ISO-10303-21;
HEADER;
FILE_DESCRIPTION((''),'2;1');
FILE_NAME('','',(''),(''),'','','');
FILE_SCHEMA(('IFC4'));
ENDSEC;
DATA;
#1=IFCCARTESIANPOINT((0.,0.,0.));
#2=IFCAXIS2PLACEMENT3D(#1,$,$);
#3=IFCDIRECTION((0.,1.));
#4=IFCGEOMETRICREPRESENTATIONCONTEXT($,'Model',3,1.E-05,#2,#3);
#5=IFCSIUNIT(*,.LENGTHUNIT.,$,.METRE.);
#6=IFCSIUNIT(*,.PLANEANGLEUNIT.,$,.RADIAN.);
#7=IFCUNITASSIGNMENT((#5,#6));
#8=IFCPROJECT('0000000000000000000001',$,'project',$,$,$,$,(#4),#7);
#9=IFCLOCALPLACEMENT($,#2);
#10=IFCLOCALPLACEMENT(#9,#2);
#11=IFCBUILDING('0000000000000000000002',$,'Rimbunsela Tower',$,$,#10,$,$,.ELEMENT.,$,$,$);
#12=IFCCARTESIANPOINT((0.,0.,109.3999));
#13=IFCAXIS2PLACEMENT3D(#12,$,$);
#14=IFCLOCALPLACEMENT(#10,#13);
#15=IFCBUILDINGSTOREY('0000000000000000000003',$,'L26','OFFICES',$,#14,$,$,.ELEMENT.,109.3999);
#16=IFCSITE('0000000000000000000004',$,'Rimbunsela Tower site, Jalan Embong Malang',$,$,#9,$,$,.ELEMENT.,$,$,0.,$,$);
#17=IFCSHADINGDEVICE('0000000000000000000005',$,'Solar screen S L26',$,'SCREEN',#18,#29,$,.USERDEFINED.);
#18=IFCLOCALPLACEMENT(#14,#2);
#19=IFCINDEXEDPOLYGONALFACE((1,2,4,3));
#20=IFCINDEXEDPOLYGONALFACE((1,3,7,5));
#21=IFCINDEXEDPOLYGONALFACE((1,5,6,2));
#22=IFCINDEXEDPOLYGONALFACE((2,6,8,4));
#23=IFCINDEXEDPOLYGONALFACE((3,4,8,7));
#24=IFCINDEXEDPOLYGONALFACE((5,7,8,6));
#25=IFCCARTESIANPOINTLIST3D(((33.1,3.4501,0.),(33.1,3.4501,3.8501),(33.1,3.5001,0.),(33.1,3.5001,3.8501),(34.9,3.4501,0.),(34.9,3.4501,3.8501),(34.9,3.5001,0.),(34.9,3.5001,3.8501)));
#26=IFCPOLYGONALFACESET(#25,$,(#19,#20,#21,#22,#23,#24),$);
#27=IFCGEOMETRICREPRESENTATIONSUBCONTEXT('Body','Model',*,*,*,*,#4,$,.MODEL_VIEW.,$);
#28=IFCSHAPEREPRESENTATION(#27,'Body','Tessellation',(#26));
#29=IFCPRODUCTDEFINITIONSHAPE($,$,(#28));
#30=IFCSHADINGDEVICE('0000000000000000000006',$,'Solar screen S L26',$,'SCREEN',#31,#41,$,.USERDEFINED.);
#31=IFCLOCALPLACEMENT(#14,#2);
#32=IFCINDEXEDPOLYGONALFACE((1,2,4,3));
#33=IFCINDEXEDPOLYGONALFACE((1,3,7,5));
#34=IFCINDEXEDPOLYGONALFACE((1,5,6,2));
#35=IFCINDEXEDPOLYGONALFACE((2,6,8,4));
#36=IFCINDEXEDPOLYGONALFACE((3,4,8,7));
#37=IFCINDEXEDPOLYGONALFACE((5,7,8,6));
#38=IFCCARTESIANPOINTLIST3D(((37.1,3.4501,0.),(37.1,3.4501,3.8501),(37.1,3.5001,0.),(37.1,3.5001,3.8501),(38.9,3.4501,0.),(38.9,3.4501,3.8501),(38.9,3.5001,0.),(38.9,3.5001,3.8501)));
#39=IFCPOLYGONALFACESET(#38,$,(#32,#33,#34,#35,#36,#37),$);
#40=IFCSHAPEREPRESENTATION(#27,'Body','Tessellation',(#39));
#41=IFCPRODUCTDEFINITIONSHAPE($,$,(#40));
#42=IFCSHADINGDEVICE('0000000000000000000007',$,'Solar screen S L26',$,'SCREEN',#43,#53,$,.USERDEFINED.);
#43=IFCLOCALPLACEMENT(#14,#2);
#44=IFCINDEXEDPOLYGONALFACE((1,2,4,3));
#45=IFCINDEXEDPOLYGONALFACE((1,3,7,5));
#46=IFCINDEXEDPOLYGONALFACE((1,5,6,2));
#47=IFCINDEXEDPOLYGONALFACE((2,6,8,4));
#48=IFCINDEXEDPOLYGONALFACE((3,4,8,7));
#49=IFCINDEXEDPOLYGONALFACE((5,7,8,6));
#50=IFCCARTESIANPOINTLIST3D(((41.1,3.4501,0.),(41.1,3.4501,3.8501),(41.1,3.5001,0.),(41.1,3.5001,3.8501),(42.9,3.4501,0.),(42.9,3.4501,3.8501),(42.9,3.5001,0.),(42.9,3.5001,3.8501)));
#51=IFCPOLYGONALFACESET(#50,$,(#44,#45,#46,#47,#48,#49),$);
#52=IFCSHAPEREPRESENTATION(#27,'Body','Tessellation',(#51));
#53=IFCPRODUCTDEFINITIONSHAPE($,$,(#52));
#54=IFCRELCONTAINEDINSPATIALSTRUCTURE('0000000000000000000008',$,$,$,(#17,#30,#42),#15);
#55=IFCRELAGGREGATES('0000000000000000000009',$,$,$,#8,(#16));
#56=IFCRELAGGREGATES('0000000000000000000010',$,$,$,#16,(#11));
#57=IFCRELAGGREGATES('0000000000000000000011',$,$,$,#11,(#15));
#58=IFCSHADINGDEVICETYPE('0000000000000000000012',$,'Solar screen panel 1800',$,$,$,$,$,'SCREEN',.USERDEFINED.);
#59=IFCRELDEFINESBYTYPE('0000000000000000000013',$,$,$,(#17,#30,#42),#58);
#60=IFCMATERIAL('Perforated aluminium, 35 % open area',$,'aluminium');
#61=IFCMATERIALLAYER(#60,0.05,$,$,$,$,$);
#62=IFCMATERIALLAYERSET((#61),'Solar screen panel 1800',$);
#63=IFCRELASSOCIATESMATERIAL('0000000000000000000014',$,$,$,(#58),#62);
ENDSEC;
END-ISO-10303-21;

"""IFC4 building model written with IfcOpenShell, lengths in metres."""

from ifc_helpers import new_model, si_unit, direction, frame, origin, origin_2d, place, context, subcontext, project, spatial, rectangle, extrude, material, layer, layer_set, type_object, element, save


model = new_model("IFC4")

# Units and contexts
model_context = context("Model", 3, precision=1e-05, world=origin(), true_north=direction((0.0, 1.0)))
body_context = subcontext(model_context, "Body", "Model", "MODEL_VIEW")
ifc_project = project(units=[si_unit("LENGTHUNIT", "METRE"), si_unit("PLANEANGLEUNIT", "RADIAN")], contexts=[model_context])

# Site, building, storey
site_placement = place(None, origin())
site = spatial("IfcSite", under=ifc_project, at=site_placement, Name="Rimbunsela Tower site, Jalan Embong Malang", CompositionType="ELEMENT", RefElevation=0.0)
building_placement = place(site_placement, origin())
building = spatial("IfcBuilding", under=site, at=building_placement, Name="Rimbunsela Tower", CompositionType="ELEMENT")
storey_placement = place(building_placement, frame((0.0, 0.0, 109.3999)))
storey = spatial("IfcBuildingStorey", under=building, at=storey_placement, Name="L26", Description="OFFICES", CompositionType="ELEMENT", Elevation=109.3999)

# Shading devices
ifc_material_1 = material(Name="Perforated aluminium, 35 % open area", Category="aluminium")
ifc_layer_1 = layer(ifc_material_1, 0.05)
ifc_layer_set_1 = layer_set([ifc_layer_1], Name="Solar screen panel 1800")
shading_device_type = type_object("IfcShadingDeviceType", Name="Solar screen panel 1800", ElementType="SCREEN", PredefinedType="USERDEFINED", material=ifc_layer_set_1)
for number, where, z_axis, x_axis, name in (
    (1, (34.0, 3.4751, 0.0), (0.0, 0.0, 1.0), (1.0, 0.0, 0.0), "Solar screen S L26"),
    (2, (38.0, 3.4751, 0.0), (0.0, 0.0, 1.0), (1.0, 0.0, 0.0), "Solar screen S L26"),
    (3, (42.0, 3.4751, 0.0), (0.0, 0.0, 1.0), (1.0, 0.0, 0.0), "Solar screen S L26"),
):
    element("IfcShadingDevice", number, at=place(storey_placement, frame(where, z_axis=z_axis, x_axis=x_axis)), inside=storey, type_object=shading_device_type, Name=name, ObjectType="SCREEN", PredefinedType="USERDEFINED", context=body_context, shape_type="SweptSolid", body=[
        extrude(rectangle(XDim=1.8, YDim=0.05, at=origin_2d()), origin(), (0.0, 0.0, 1.0), 3.8501),
    ])

save(model, "model.ifc")
